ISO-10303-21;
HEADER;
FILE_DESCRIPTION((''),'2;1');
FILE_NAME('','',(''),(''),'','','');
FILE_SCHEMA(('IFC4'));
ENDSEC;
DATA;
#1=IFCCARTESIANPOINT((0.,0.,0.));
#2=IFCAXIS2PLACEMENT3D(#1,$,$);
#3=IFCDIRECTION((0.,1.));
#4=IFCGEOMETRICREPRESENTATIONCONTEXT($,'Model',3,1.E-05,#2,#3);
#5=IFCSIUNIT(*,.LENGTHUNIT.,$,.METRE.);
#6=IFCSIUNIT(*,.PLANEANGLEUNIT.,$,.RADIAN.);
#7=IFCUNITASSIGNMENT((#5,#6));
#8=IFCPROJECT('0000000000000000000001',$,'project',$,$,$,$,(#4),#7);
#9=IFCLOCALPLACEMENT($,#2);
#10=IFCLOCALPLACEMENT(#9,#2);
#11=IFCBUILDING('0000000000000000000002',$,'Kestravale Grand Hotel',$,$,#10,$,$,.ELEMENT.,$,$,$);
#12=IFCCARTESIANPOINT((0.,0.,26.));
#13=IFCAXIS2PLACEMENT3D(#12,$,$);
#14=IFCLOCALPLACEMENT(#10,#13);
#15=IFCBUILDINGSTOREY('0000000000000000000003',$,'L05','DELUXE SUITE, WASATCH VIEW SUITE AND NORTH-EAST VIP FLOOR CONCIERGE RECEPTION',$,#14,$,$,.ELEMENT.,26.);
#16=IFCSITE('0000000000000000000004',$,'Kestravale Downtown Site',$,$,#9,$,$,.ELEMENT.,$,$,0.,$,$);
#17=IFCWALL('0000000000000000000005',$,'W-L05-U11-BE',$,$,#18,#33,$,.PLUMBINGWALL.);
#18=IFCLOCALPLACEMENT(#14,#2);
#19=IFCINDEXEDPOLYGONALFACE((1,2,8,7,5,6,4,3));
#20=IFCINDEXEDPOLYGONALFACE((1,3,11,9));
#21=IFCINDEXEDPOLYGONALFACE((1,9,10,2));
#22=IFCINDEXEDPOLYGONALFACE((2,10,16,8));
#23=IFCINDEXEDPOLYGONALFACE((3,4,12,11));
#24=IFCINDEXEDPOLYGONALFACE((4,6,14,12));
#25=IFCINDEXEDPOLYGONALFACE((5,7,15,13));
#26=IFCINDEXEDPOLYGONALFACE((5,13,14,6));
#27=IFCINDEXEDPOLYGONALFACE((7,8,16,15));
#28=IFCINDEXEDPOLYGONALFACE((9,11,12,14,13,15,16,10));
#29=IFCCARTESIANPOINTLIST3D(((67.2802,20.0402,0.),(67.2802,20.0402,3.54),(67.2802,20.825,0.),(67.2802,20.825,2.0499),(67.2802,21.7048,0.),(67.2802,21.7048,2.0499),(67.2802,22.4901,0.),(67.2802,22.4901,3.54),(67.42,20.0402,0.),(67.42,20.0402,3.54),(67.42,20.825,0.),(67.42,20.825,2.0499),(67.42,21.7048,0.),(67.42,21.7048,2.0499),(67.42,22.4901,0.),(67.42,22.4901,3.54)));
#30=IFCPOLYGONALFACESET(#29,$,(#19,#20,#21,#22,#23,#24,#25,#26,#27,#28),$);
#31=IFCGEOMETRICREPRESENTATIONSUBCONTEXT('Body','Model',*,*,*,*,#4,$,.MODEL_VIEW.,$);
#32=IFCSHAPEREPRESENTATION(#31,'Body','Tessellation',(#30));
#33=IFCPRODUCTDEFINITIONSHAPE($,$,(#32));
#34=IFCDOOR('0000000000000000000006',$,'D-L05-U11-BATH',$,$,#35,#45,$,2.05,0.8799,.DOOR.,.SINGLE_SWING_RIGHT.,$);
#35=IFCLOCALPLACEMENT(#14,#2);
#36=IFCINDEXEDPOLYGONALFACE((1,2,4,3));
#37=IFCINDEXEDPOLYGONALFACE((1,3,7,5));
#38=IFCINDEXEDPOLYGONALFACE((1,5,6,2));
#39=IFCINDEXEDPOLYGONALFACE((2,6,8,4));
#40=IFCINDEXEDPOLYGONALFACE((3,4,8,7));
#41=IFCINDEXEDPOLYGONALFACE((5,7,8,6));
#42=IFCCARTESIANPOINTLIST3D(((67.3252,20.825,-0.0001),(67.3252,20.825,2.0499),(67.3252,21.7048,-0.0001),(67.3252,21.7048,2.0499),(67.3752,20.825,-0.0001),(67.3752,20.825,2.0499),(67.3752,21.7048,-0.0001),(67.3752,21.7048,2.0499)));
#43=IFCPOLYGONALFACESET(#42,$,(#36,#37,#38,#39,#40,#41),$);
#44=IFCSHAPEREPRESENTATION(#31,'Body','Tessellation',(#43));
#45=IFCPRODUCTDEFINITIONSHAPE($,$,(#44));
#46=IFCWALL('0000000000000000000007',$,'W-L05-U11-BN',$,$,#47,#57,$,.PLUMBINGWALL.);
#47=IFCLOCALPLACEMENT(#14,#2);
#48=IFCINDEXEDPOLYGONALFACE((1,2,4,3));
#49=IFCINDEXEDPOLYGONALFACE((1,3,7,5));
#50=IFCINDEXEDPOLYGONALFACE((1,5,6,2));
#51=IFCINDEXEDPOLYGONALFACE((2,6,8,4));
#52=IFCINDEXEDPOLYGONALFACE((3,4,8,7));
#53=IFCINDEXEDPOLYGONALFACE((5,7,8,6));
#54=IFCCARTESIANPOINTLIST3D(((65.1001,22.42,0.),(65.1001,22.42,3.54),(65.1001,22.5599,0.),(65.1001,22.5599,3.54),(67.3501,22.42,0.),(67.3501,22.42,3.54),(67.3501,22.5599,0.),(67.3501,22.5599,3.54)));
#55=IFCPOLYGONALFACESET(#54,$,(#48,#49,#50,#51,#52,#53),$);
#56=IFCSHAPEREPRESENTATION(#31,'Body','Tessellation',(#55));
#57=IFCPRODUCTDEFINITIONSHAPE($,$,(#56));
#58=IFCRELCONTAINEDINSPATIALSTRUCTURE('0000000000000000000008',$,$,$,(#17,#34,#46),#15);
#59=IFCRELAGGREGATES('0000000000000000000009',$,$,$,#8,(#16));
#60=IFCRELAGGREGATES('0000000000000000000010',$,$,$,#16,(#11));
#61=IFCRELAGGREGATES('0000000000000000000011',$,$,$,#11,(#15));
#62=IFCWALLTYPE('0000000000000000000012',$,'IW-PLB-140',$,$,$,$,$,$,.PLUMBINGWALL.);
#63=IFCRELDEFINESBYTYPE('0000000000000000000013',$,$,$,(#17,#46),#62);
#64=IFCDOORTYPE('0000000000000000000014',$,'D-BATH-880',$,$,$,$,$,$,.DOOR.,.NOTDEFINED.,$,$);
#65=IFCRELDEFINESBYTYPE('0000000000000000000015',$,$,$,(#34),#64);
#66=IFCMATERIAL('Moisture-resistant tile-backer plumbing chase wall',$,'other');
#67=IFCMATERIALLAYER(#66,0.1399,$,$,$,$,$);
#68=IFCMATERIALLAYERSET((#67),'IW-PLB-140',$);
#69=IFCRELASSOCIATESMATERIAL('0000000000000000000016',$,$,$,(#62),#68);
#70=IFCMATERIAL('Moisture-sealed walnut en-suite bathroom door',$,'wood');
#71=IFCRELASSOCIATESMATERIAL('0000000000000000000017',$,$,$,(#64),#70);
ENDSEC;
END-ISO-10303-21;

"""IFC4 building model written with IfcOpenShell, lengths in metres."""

from ifc_helpers import new_model, si_unit, direction, frame, frame_2d, origin, place, context, subcontext, project, spatial, rectangle, extrude, material, layer, layer_set, type_object, element, fill, save


model = new_model("IFC4")

# Units and contexts
model_context = context("Model", 3, precision=1e-05, world=origin(), true_north=direction((0.0, 1.0)))
body_context = subcontext(model_context, "Body", "Model", "MODEL_VIEW")
ifc_project = project(units=[si_unit("LENGTHUNIT", "METRE"), si_unit("PLANEANGLEUNIT", "RADIAN")], contexts=[model_context])

# Site, building, storey
site_placement = place(None, origin())
site = spatial("IfcSite", under=ifc_project, at=site_placement, Name="Kestravale Downtown Site", CompositionType="ELEMENT", RefElevation=0.0)
building_placement = place(site_placement, origin())
building = spatial("IfcBuilding", under=site, at=building_placement, Name="Kestravale Grand Hotel", CompositionType="ELEMENT")
storey_placement = place(building_placement, frame((0.0, 0.0, 26.0)))
storey = spatial("IfcBuildingStorey", under=building, at=storey_placement, Name="L05", Description="DELUXE SUITE, WASATCH VIEW SUITE AND NORTH-EAST VIP FLOOR CONCIERGE RECEPTION", CompositionType="ELEMENT", Elevation=26.0)

# Shared definitions
ifc_material_1 = material(Name="Moisture-resistant tile-backer plumbing chase wall", Category="other")
ifc_layer_1 = layer(ifc_material_1, 0.1399)
ifc_layer_set_1 = layer_set([ifc_layer_1], Name="IW-PLB-140")
wall_type_1 = type_object("IfcWallType", Name="IW-PLB-140", PredefinedType="PLUMBINGWALL", material=ifc_layer_set_1)

# Shared definitions
ifc_material_2 = material(Name="Moisture-sealed walnut en-suite bathroom door", Category="wood")
door_type = type_object("IfcDoorType", Name="D-BATH-880", OperationType="NOTDEFINED", PredefinedType="DOOR", material=ifc_material_2)

# Wall, opening, door
wall_1_placement = place(storey_placement, frame((67.3501, 20.04, 0.0), z_axis=(0.0, 0.0, 1.0), x_axis=(0.0, 1.0, 0.0)))
wall_1 = element("IfcWall", 1, at=wall_1_placement, inside=storey, type_object=wall_type_1, Name="W-L05-U11-BE", PredefinedType="PLUMBINGWALL", context=body_context, shape_type="SweptSolid", body=[
    extrude(rectangle(XDim=2.45, YDim=0.1399, at=frame_2d((1.2251, 0.0))), origin(), (0.0, 0.0, 1.0), 3.54),
])
opening_1_placement = place(wall_1_placement, frame((0.7849, 0.0, 0.0)))
opening_1 = element("IfcOpeningElement", 2, at=opening_1_placement, cuts=wall_1, PredefinedType="OPENING", context=body_context, shape_type="SweptSolid", body=[
    extrude(rectangle(XDim=0.8799, YDim=2.05, at=frame_2d((0.4399, 1.0249))), frame((0.0, 0.0798, 0.0), z_axis=(0.0, -1.0, 0.0), x_axis=(1.0, 0.0, 0.0)), (0.0, 0.0, 1.0), 0.1599),
])
door_1_placement = place(opening_1_placement, origin())
door_1 = element("IfcDoor", 3, at=door_1_placement, inside=storey, type_object=door_type, Name="D-L05-U11-BATH", OperationType="SINGLE_SWING_RIGHT", OverallHeight=2.05, OverallWidth=0.8799, PredefinedType="DOOR", context=body_context, shape_type="SweptSolid", body=[
    extrude(rectangle(XDim=0.8799, YDim=2.05, at=frame_2d((0.4399, 1.0249))), frame((0.0, 0.0249, 0.0), z_axis=(0.0, -1.0, 0.0), x_axis=(1.0, 0.0, 0.0)), (0.0, 0.0, 1.0), 0.05),
])
fill(opening_1, door_1)

# Wall
wall_2_placement = place(storey_placement, frame((65.1001, 22.49, 0.0), z_axis=(0.0, 0.0, 1.0), x_axis=(1.0, 0.0, 0.0)))
element("IfcWall", 4, at=wall_2_placement, inside=storey, type_object=wall_type_1, Name="W-L05-U11-BN", PredefinedType="PLUMBINGWALL", context=body_context, shape_type="SweptSolid", body=[
    extrude(rectangle(XDim=2.25, YDim=0.1399, at=frame_2d((1.125, 0.0))), origin(), (0.0, 0.0, 1.0), 3.54),
])

save(model, "model.ifc")
